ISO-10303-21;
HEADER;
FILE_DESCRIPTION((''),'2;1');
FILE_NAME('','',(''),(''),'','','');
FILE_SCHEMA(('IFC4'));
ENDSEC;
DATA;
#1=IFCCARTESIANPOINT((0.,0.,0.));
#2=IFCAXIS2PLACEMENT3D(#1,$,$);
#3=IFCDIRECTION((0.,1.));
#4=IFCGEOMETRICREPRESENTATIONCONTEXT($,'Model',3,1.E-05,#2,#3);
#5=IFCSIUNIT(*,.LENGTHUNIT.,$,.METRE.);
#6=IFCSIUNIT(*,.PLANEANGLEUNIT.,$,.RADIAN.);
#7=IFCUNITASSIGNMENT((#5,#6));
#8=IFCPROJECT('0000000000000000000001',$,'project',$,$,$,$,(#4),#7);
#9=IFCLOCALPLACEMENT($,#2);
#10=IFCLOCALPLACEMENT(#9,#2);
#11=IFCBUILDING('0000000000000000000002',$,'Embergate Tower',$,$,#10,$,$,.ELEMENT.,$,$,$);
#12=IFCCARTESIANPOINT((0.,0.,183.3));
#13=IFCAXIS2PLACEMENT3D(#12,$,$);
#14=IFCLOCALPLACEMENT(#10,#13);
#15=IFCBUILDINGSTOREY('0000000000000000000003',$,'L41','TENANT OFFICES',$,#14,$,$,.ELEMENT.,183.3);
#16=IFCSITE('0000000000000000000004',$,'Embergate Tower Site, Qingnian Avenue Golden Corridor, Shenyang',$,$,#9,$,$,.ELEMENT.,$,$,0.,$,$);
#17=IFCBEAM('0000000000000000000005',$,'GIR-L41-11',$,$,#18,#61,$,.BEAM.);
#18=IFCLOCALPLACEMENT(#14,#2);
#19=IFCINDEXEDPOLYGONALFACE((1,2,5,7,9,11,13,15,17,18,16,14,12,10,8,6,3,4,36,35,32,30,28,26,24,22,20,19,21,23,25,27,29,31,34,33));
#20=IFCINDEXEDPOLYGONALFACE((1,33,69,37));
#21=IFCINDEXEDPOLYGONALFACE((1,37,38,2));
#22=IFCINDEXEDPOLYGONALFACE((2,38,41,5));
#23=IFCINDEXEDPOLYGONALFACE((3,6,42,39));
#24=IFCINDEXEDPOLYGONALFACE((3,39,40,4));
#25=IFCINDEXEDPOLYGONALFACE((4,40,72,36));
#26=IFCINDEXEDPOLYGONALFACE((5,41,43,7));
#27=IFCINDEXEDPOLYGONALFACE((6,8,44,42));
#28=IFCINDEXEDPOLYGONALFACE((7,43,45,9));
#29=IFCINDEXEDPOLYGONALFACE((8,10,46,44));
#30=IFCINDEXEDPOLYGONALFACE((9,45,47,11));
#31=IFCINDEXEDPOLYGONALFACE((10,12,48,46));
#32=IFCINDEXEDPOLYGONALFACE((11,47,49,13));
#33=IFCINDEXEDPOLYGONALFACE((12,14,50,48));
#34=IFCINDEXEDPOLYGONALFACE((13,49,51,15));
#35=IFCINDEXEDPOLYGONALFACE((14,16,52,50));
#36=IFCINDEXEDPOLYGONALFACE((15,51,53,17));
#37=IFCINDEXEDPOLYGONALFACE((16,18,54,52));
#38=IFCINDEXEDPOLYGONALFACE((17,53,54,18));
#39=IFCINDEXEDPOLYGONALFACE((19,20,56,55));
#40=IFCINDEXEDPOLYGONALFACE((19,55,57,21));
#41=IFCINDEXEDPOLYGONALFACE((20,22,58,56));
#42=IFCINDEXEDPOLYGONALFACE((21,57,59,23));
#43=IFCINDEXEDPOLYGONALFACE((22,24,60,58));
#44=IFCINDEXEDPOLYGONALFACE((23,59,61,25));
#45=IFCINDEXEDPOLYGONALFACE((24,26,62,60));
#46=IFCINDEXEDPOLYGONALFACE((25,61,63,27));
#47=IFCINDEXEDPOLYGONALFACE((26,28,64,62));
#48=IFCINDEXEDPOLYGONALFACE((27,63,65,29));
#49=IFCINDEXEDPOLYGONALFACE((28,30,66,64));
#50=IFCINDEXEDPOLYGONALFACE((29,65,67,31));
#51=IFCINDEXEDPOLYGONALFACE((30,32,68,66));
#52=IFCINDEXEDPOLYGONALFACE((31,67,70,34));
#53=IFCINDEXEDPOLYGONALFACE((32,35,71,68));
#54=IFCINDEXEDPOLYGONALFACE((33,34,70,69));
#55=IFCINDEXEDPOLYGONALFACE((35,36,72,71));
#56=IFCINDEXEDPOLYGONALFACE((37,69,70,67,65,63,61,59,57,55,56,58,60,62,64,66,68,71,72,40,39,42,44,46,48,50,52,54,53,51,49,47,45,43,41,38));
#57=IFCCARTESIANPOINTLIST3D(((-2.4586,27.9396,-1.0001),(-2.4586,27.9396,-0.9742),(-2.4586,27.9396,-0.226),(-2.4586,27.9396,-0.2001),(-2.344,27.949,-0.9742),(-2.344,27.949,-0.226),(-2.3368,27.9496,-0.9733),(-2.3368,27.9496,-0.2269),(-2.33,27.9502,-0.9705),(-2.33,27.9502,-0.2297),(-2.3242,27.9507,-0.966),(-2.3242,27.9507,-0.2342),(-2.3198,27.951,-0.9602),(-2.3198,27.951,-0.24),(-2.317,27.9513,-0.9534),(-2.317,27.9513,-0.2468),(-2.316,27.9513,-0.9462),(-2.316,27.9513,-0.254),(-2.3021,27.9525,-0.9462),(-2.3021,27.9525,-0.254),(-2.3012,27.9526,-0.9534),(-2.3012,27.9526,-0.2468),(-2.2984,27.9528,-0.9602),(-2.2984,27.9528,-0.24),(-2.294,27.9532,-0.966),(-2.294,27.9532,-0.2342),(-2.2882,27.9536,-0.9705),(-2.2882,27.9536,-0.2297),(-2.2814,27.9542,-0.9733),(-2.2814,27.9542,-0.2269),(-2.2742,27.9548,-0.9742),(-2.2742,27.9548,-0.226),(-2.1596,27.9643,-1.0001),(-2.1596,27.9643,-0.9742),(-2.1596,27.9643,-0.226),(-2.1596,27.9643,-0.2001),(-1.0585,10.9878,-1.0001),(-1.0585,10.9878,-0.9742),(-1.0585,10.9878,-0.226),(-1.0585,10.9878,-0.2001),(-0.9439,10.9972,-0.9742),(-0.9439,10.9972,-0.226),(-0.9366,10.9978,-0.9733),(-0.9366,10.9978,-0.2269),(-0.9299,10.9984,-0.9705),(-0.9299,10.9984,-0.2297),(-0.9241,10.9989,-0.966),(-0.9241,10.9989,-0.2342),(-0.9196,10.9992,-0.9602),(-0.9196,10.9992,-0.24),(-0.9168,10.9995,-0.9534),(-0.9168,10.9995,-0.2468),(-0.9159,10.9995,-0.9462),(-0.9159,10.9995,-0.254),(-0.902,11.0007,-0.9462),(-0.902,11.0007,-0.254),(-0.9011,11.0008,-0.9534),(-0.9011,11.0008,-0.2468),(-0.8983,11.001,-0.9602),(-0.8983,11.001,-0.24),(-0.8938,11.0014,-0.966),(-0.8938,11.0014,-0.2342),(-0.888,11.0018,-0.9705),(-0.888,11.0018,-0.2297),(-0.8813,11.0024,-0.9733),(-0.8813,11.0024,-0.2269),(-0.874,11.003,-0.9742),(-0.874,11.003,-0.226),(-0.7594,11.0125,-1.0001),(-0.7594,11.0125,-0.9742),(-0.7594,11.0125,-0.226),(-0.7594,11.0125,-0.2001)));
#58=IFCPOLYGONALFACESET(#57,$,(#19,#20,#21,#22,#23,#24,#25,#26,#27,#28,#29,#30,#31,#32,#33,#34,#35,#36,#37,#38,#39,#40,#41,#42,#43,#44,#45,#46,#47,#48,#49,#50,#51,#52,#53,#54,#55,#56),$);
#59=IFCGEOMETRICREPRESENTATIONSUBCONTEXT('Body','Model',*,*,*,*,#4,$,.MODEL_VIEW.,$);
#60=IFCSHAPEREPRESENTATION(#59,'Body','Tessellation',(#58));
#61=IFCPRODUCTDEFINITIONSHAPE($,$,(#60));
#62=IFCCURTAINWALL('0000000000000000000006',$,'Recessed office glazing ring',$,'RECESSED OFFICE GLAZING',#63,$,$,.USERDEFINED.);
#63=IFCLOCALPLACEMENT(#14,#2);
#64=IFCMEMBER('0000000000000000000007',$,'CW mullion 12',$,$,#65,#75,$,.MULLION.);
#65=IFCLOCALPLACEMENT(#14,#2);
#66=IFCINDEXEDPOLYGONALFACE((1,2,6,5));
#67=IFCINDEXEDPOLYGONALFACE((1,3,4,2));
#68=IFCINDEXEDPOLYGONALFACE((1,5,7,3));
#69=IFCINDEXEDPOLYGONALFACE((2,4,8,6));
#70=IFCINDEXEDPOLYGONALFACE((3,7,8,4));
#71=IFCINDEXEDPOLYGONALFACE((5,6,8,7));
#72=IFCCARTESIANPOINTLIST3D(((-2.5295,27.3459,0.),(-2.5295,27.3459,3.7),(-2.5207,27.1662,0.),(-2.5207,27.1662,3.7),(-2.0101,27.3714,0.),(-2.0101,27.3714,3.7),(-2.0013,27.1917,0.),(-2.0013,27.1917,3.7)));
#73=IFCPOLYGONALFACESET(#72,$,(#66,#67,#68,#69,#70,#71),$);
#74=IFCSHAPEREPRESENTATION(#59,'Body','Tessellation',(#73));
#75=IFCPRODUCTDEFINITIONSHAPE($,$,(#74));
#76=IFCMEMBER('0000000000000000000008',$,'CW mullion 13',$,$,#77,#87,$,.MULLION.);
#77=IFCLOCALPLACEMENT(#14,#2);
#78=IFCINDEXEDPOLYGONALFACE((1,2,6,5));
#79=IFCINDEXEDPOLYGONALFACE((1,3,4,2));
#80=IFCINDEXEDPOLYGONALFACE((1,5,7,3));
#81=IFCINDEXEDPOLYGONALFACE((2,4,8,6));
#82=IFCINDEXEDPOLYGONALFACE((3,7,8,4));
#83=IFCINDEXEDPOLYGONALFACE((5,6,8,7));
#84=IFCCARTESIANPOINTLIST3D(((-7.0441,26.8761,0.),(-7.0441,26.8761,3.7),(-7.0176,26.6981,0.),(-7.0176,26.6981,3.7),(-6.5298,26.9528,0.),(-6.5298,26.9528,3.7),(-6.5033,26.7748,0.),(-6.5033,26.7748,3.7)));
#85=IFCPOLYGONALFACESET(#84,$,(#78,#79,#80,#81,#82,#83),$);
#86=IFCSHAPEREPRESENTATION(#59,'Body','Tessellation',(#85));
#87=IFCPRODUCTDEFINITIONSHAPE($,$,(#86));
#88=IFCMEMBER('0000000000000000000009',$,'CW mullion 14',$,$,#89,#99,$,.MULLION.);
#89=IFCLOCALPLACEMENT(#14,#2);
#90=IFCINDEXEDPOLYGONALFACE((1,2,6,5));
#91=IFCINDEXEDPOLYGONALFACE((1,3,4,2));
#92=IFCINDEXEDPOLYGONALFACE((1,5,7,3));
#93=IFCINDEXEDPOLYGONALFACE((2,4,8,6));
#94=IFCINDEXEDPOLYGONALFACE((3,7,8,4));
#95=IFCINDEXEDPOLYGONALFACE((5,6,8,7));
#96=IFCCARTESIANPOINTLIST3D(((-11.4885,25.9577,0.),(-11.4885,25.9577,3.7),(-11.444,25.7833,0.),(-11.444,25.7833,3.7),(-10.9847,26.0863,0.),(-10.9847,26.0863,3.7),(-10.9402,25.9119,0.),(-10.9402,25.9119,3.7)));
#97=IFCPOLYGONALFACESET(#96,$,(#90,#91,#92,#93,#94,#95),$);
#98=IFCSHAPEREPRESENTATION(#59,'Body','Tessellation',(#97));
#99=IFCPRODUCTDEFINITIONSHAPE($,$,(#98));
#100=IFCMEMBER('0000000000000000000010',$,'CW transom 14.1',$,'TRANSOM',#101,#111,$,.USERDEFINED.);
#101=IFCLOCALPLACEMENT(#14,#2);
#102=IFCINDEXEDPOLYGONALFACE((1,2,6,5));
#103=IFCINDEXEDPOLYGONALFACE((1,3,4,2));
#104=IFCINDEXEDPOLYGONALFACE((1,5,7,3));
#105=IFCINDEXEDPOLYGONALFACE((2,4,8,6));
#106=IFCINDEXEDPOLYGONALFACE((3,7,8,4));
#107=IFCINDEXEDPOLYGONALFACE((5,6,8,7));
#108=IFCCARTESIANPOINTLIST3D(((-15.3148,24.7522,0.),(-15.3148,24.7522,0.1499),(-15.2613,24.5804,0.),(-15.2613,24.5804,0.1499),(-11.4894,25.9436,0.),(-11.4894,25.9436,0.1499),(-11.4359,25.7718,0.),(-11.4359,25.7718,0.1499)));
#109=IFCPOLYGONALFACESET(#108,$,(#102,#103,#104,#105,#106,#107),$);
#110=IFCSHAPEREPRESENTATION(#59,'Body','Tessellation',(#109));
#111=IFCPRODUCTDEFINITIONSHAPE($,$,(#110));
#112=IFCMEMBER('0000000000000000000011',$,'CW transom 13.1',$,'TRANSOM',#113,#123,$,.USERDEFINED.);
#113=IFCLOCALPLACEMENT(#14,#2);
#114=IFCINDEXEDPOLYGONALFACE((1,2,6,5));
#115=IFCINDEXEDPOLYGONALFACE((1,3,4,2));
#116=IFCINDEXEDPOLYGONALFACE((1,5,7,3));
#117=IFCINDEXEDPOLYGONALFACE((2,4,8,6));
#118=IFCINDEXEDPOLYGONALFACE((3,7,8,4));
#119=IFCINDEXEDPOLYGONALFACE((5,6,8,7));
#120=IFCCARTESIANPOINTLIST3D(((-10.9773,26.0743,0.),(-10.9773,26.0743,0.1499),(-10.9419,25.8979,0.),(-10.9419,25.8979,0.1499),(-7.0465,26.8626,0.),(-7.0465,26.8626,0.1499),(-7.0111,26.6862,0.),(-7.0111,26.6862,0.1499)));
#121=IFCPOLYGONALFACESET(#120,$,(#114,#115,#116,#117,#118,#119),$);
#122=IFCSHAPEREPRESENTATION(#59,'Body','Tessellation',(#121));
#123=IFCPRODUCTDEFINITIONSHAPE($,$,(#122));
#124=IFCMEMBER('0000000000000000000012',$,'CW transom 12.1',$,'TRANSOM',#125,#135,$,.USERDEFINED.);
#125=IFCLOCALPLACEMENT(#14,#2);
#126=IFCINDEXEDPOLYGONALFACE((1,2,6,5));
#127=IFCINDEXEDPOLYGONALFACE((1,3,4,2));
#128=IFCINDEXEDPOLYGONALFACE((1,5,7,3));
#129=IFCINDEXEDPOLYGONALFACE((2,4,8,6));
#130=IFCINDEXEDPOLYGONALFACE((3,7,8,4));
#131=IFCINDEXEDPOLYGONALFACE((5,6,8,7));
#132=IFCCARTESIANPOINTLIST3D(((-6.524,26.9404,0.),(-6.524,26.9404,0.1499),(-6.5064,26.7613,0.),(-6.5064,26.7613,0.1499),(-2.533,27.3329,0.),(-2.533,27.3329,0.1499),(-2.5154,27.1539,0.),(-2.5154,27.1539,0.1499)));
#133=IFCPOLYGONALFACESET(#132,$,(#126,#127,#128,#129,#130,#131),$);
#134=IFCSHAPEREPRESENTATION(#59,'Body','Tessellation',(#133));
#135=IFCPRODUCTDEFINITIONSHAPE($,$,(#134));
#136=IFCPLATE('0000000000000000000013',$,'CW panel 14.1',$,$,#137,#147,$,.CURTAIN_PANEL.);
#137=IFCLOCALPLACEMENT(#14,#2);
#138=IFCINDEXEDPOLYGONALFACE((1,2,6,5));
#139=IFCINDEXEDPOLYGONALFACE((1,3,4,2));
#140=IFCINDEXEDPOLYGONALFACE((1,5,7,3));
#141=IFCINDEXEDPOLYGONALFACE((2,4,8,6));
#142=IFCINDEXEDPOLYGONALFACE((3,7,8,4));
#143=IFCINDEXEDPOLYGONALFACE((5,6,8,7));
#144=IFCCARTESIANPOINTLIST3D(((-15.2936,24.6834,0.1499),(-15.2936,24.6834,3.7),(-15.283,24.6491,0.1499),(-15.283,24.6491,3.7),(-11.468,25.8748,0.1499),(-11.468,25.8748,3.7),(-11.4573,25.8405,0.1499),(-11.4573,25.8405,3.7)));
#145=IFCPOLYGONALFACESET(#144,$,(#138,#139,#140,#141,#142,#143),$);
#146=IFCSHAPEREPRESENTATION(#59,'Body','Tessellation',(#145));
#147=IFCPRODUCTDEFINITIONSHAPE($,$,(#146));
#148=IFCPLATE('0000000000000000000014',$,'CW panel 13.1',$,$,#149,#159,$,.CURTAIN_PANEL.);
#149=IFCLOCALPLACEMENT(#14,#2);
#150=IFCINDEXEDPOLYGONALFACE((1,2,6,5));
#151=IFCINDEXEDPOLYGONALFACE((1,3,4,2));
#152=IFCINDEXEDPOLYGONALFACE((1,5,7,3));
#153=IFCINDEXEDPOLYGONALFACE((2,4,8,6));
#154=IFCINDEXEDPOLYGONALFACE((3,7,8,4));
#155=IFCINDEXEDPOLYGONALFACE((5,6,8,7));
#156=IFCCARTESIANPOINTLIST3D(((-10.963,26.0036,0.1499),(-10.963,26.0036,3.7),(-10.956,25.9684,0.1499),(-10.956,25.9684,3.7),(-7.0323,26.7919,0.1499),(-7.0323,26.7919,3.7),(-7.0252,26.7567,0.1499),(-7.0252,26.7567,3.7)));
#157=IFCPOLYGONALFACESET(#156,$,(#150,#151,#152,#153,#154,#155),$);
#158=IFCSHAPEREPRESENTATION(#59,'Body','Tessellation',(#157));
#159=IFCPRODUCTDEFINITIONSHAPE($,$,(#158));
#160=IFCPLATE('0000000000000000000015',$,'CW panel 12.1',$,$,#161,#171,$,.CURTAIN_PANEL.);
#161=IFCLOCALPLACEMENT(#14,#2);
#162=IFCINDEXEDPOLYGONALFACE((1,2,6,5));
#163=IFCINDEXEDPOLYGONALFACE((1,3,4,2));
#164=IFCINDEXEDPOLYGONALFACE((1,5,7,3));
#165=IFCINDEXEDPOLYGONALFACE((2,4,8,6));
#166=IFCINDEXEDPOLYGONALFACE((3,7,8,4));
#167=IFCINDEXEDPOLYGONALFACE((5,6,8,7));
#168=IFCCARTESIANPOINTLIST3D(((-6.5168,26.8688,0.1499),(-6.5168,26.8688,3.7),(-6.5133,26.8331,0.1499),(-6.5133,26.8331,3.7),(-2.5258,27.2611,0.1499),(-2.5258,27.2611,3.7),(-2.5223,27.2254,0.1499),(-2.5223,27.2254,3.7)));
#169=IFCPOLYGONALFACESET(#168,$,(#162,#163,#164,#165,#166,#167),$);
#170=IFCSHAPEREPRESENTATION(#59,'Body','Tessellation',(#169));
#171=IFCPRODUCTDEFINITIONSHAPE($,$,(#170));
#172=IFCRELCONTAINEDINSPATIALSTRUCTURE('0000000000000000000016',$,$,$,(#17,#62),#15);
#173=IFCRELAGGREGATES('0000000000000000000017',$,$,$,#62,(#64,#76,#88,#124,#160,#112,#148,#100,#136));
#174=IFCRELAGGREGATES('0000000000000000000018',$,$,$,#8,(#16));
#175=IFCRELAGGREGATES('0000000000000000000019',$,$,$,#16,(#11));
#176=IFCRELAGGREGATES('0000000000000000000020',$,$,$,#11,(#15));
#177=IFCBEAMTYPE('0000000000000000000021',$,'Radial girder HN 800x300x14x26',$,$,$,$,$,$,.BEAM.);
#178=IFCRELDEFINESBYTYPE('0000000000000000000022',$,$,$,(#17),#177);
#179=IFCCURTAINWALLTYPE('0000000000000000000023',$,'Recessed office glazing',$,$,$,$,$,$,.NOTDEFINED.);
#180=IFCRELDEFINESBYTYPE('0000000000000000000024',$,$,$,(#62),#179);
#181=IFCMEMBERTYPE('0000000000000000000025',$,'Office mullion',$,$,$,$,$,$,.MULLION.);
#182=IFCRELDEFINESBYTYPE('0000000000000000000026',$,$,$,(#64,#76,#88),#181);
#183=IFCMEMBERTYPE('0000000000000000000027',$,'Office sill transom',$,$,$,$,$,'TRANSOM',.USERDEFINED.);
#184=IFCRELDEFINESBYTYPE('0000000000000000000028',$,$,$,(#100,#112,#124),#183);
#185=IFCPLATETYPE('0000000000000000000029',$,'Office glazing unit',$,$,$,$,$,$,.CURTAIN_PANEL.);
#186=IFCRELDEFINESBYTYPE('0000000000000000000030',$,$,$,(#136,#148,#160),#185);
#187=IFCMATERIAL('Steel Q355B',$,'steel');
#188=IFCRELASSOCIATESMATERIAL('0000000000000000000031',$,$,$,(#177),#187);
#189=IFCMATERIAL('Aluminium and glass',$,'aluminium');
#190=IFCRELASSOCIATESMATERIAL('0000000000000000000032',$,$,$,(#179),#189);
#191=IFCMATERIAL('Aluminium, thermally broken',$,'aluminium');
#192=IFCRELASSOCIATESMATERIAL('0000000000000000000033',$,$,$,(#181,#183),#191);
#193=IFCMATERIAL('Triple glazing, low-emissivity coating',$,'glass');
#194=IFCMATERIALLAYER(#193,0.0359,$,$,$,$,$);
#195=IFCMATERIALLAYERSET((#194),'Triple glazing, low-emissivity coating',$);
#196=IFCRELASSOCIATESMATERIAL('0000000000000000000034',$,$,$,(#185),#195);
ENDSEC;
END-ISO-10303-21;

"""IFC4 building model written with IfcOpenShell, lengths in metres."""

from ifc_helpers import new_model, si_unit, direction, frame, origin, origin_2d, place, context, subcontext, project, spatial, rectangle, i_section, extrude, source, transform, mapped, material, layer, layer_set, material_profile, profile_set, type_object, element, aggregate, save


model = new_model("IFC4")

# Units and contexts
model_context = context("Model", 3, precision=1e-05, world=origin(), true_north=direction((0.0, 1.0)))
body_context = subcontext(model_context, "Body", "Model", "MODEL_VIEW")
ifc_project = project(units=[si_unit("LENGTHUNIT", "METRE"), si_unit("PLANEANGLEUNIT", "RADIAN")], contexts=[model_context])

# Site, building, storey
site_placement = place(None, origin())
site = spatial("IfcSite", under=ifc_project, at=site_placement, Name="Embergate Tower Site, Qingnian Avenue Golden Corridor, Shenyang", CompositionType="ELEMENT", RefElevation=0.0)
building_placement = place(site_placement, origin())
building = spatial("IfcBuilding", under=site, at=building_placement, Name="Embergate Tower", CompositionType="ELEMENT")
storey_placement = place(building_placement, frame((0.0, 0.0, 183.3)))
storey = spatial("IfcBuildingStorey", under=building, at=storey_placement, Name="L41", Description="TENANT OFFICES", CompositionType="ELEMENT", Elevation=183.3)

# Beam
ifc_material_1 = material(Name="Steel Q355B", Category="steel")
ifc_material_profile_1 = material_profile(ifc_material_1, i_section(OverallWidth=0.3, OverallDepth=0.8, WebThickness=0.0139, FlangeThickness=0.0259, FilletRadius=0.0281, at=origin_2d()), Name="HN 800x300x14x26")
ifc_profile_set_1 = profile_set([ifc_material_profile_1], Name="Steel Q355 grade B")
beam_type_1 = type_object("IfcBeamType", Name="Radial girder HN 800x300x14x26", PredefinedType="BEAM", material=ifc_profile_set_1)
shared_shape_1 = source(origin(), body_context, "Body", "SweptSolid", [
    extrude(i_section(OverallWidth=0.3, OverallDepth=0.8, WebThickness=0.0139, FlangeThickness=0.0259, FilletRadius=0.0281, at=origin_2d()), origin(), (0.0, 0.0, 1.0), 17.0095),
])
beam_1_placement = place(storey_placement, frame((-2.3091, 27.9519, -0.6001), z_axis=(0.082315, -0.996606, 0.0), x_axis=(0.996606, 0.082315, 0.0)))
element("IfcBeam", 1, at=beam_1_placement, inside=storey, type_object=beam_type_1, Name="GIR-L41-11", PredefinedType="BEAM", context=body_context, shape_type="MappedRepresentation", body=[
    mapped(shared_shape_1, transform((0.0, 0.0, 0.0))),
])

# Curtain wall, members, plates
ifc_material_2 = material(Name="Aluminium and glass", Category="aluminium")
curtain_wall_type = type_object("IfcCurtainWallType", Name="Recessed office glazing", PredefinedType="NOTDEFINED", material=ifc_material_2)
curtain_wall_placement = place(storey_placement, origin())
curtain_wall = element("IfcCurtainWall", 2, at=curtain_wall_placement, inside=storey, type_object=curtain_wall_type, Name="Recessed office glazing ring", ObjectType="RECESSED OFFICE GLAZING", PredefinedType="USERDEFINED")
ifc_material_3 = material(Name="Aluminium, thermally broken", Category="aluminium")
ifc_material_profile_2 = material_profile(ifc_material_3, rectangle(XDim=0.1799, YDim=0.52, at=origin_2d()), Name="AL 520x180")
ifc_profile_set_2 = profile_set([ifc_material_profile_2], Name="Aluminium, thermally broken")
member_type_1 = type_object("IfcMemberType", Name="Office mullion", PredefinedType="MULLION", material=ifc_profile_set_2)
shared_shape_2 = source(origin(), body_context, "Body", "SweptSolid", [
    extrude(rectangle(XDim=0.1799, YDim=0.52, at=origin_2d()), origin(), (0.0, 0.0, 1.0), 3.7),
])
member_1_placement = place(storey_placement, frame((-2.2654, 27.2688, 0.0), z_axis=(0.0, 0.0, 1.0), x_axis=(0.048972, -0.9988, 0.0)))
member_1 = element("IfcMember", 3, at=member_1_placement, type_object=member_type_1, Name="CW mullion 12", PredefinedType="MULLION", context=body_context, shape_type="MappedRepresentation", body=[
    mapped(shared_shape_2, transform((0.0, 0.0, 0.0))),
])
member_2_placement = place(storey_placement, frame((-6.7737, 26.8254, 0.0), z_axis=(0.0, 0.0, 1.0), x_axis=(0.147412, -0.989075, 0.0)))
member_2 = element("IfcMember", 4, at=member_2_placement, type_object=member_type_1, Name="CW mullion 13", PredefinedType="MULLION", context=body_context, shape_type="MappedRepresentation", body=[
    mapped(shared_shape_2, transform((0.0, 0.0, 0.0))),
])
member_3_placement = place(storey_placement, frame((-11.2144, 25.9348, 0.0), z_axis=(0.0, 0.0, 1.0), x_axis=(0.247314, -0.968935, 0.0)))
member_3 = element("IfcMember", 5, at=member_3_placement, type_object=member_type_1, Name="CW mullion 14", PredefinedType="MULLION", context=body_context, shape_type="MappedRepresentation", body=[
    mapped(shared_shape_2, transform((0.0, 0.0, 0.0))),
])
ifc_material_profile_3 = material_profile(ifc_material_3, rectangle(XDim=0.1799, YDim=0.1499, at=origin_2d()), Name="AL 150x180")
ifc_profile_set_3 = profile_set([ifc_material_profile_3], Name="Aluminium, thermally broken")
member_type_2 = type_object("IfcMemberType", Name="Office sill transom", ElementType="TRANSOM", PredefinedType="USERDEFINED", material=ifc_profile_set_3)
shared_shape_3 = source(origin(), body_context, "Body", "SweptSolid", [
    extrude(rectangle(XDim=0.1799, YDim=0.1499, at=origin_2d()), origin(), (0.0, 0.0, 1.0), 4.0066),
])
member_4_placement = place(storey_placement, frame((-11.4626, 25.8577, 0.075), z_axis=(-0.954767, -0.297355, 0.0), x_axis=(0.297355, -0.954767, 0.0)))
member_4 = element("IfcMember", 6, at=member_4_placement, type_object=member_type_2, Name="CW transom 14.1", ObjectType="TRANSOM", PredefinedType="USERDEFINED", context=body_context, shape_type="MappedRepresentation", body=[
    mapped(shared_shape_3, transform((0.0, 0.0, 0.0))),
])
shared_shape_4 = source(origin(), body_context, "Body", "SweptSolid", [
    extrude(rectangle(XDim=0.1799, YDim=0.1499, at=origin_2d()), origin(), (0.0, 0.0, 1.0), 4.009),
])
member_5_placement = place(storey_placement, frame((-7.0288, 26.7744, 0.075), z_axis=(-0.980475, -0.196643, 0.0), x_axis=(0.196643, -0.980475, 0.0)))
member_5 = element("IfcMember", 7, at=member_5_placement, type_object=member_type_2, Name="CW transom 13.1", ObjectType="TRANSOM", PredefinedType="USERDEFINED", context=body_context, shape_type="MappedRepresentation", body=[
    mapped(shared_shape_4, transform((0.0, 0.0, 0.0))),
])
shared_shape_5 = source(origin(), body_context, "Body", "SweptSolid", [
    extrude(rectangle(XDim=0.1799, YDim=0.1499, at=origin_2d()), origin(), (0.0, 0.0, 1.0), 4.0103),
])
member_6_placement = place(storey_placement, frame((-2.5242, 27.2434, 0.075), z_axis=(-0.995197, -0.097894, 0.0), x_axis=(0.097894, -0.995197, 0.0)))
member_6 = element("IfcMember", 8, at=member_6_placement, type_object=member_type_2, Name="CW transom 12.1", ObjectType="TRANSOM", PredefinedType="USERDEFINED", context=body_context, shape_type="MappedRepresentation", body=[
    mapped(shared_shape_5, transform((0.0, 0.0, 0.0))),
])
ifc_material_4 = material(Name="Triple glazing, low-emissivity coating", Category="glass")
ifc_layer_1 = layer(ifc_material_4, 0.0359)
ifc_layer_set_1 = layer_set([ifc_layer_1], Name="Triple glazing, low-emissivity coating")
plate_type = type_object("IfcPlateType", Name="Office glazing unit", PredefinedType="CURTAIN_PANEL", material=ifc_layer_set_1)
shared_shape_6 = source(origin(), body_context, "Body", "SweptSolid", [
    extrude(rectangle(XDim=4.0068, YDim=0.0359, at=origin_2d()), origin(), (0.0, 0.0, 1.0), 3.55),
])
plate_1_placement = place(storey_placement, frame((-13.3755, 25.262, 0.1499), z_axis=(0.0, 0.0, 1.0), x_axis=(-0.954771, -0.297342, 0.0)))
plate_1 = element("IfcPlate", 9, at=plate_1_placement, type_object=plate_type, Name="CW panel 14.1", PredefinedType="CURTAIN_PANEL", context=body_context, shape_type="MappedRepresentation", body=[
    mapped(shared_shape_6, transform((0.0, 0.0, 0.0))),
])
shared_shape_7 = source(origin(), body_context, "Body", "SweptSolid", [
    extrude(rectangle(XDim=4.009, YDim=0.0359, at=origin_2d()), origin(), (0.0, 0.0, 1.0), 3.55),
])
plate_2_placement = place(storey_placement, frame((-8.9941, 26.3801, 0.1499), z_axis=(0.0, 0.0, 1.0), x_axis=(-0.980476, -0.196641, 0.0)))
plate_2 = element("IfcPlate", 10, at=plate_2_placement, type_object=plate_type, Name="CW panel 13.1", PredefinedType="CURTAIN_PANEL", context=body_context, shape_type="MappedRepresentation", body=[
    mapped(shared_shape_7, transform((0.0, 0.0, 0.0))),
])
shared_shape_8 = source(origin(), body_context, "Body", "SweptSolid", [
    extrude(rectangle(XDim=4.0103, YDim=0.0359, at=origin_2d()), origin(), (0.0, 0.0, 1.0), 3.55),
])
plate_3_placement = place(storey_placement, frame((-4.5195, 27.0471, 0.1499), z_axis=(0.0, 0.0, 1.0), x_axis=(-0.995203, -0.09783, 0.0)))
plate_3 = element("IfcPlate", 11, at=plate_3_placement, type_object=plate_type, Name="CW panel 12.1", PredefinedType="CURTAIN_PANEL", context=body_context, shape_type="MappedRepresentation", body=[
    mapped(shared_shape_8, transform((0.0, 0.0, 0.0))),
])
aggregate(curtain_wall, [member_1, member_2, member_3, member_6, plate_3, member_5, plate_2, member_4, plate_1])

save(model, "model.ifc")
